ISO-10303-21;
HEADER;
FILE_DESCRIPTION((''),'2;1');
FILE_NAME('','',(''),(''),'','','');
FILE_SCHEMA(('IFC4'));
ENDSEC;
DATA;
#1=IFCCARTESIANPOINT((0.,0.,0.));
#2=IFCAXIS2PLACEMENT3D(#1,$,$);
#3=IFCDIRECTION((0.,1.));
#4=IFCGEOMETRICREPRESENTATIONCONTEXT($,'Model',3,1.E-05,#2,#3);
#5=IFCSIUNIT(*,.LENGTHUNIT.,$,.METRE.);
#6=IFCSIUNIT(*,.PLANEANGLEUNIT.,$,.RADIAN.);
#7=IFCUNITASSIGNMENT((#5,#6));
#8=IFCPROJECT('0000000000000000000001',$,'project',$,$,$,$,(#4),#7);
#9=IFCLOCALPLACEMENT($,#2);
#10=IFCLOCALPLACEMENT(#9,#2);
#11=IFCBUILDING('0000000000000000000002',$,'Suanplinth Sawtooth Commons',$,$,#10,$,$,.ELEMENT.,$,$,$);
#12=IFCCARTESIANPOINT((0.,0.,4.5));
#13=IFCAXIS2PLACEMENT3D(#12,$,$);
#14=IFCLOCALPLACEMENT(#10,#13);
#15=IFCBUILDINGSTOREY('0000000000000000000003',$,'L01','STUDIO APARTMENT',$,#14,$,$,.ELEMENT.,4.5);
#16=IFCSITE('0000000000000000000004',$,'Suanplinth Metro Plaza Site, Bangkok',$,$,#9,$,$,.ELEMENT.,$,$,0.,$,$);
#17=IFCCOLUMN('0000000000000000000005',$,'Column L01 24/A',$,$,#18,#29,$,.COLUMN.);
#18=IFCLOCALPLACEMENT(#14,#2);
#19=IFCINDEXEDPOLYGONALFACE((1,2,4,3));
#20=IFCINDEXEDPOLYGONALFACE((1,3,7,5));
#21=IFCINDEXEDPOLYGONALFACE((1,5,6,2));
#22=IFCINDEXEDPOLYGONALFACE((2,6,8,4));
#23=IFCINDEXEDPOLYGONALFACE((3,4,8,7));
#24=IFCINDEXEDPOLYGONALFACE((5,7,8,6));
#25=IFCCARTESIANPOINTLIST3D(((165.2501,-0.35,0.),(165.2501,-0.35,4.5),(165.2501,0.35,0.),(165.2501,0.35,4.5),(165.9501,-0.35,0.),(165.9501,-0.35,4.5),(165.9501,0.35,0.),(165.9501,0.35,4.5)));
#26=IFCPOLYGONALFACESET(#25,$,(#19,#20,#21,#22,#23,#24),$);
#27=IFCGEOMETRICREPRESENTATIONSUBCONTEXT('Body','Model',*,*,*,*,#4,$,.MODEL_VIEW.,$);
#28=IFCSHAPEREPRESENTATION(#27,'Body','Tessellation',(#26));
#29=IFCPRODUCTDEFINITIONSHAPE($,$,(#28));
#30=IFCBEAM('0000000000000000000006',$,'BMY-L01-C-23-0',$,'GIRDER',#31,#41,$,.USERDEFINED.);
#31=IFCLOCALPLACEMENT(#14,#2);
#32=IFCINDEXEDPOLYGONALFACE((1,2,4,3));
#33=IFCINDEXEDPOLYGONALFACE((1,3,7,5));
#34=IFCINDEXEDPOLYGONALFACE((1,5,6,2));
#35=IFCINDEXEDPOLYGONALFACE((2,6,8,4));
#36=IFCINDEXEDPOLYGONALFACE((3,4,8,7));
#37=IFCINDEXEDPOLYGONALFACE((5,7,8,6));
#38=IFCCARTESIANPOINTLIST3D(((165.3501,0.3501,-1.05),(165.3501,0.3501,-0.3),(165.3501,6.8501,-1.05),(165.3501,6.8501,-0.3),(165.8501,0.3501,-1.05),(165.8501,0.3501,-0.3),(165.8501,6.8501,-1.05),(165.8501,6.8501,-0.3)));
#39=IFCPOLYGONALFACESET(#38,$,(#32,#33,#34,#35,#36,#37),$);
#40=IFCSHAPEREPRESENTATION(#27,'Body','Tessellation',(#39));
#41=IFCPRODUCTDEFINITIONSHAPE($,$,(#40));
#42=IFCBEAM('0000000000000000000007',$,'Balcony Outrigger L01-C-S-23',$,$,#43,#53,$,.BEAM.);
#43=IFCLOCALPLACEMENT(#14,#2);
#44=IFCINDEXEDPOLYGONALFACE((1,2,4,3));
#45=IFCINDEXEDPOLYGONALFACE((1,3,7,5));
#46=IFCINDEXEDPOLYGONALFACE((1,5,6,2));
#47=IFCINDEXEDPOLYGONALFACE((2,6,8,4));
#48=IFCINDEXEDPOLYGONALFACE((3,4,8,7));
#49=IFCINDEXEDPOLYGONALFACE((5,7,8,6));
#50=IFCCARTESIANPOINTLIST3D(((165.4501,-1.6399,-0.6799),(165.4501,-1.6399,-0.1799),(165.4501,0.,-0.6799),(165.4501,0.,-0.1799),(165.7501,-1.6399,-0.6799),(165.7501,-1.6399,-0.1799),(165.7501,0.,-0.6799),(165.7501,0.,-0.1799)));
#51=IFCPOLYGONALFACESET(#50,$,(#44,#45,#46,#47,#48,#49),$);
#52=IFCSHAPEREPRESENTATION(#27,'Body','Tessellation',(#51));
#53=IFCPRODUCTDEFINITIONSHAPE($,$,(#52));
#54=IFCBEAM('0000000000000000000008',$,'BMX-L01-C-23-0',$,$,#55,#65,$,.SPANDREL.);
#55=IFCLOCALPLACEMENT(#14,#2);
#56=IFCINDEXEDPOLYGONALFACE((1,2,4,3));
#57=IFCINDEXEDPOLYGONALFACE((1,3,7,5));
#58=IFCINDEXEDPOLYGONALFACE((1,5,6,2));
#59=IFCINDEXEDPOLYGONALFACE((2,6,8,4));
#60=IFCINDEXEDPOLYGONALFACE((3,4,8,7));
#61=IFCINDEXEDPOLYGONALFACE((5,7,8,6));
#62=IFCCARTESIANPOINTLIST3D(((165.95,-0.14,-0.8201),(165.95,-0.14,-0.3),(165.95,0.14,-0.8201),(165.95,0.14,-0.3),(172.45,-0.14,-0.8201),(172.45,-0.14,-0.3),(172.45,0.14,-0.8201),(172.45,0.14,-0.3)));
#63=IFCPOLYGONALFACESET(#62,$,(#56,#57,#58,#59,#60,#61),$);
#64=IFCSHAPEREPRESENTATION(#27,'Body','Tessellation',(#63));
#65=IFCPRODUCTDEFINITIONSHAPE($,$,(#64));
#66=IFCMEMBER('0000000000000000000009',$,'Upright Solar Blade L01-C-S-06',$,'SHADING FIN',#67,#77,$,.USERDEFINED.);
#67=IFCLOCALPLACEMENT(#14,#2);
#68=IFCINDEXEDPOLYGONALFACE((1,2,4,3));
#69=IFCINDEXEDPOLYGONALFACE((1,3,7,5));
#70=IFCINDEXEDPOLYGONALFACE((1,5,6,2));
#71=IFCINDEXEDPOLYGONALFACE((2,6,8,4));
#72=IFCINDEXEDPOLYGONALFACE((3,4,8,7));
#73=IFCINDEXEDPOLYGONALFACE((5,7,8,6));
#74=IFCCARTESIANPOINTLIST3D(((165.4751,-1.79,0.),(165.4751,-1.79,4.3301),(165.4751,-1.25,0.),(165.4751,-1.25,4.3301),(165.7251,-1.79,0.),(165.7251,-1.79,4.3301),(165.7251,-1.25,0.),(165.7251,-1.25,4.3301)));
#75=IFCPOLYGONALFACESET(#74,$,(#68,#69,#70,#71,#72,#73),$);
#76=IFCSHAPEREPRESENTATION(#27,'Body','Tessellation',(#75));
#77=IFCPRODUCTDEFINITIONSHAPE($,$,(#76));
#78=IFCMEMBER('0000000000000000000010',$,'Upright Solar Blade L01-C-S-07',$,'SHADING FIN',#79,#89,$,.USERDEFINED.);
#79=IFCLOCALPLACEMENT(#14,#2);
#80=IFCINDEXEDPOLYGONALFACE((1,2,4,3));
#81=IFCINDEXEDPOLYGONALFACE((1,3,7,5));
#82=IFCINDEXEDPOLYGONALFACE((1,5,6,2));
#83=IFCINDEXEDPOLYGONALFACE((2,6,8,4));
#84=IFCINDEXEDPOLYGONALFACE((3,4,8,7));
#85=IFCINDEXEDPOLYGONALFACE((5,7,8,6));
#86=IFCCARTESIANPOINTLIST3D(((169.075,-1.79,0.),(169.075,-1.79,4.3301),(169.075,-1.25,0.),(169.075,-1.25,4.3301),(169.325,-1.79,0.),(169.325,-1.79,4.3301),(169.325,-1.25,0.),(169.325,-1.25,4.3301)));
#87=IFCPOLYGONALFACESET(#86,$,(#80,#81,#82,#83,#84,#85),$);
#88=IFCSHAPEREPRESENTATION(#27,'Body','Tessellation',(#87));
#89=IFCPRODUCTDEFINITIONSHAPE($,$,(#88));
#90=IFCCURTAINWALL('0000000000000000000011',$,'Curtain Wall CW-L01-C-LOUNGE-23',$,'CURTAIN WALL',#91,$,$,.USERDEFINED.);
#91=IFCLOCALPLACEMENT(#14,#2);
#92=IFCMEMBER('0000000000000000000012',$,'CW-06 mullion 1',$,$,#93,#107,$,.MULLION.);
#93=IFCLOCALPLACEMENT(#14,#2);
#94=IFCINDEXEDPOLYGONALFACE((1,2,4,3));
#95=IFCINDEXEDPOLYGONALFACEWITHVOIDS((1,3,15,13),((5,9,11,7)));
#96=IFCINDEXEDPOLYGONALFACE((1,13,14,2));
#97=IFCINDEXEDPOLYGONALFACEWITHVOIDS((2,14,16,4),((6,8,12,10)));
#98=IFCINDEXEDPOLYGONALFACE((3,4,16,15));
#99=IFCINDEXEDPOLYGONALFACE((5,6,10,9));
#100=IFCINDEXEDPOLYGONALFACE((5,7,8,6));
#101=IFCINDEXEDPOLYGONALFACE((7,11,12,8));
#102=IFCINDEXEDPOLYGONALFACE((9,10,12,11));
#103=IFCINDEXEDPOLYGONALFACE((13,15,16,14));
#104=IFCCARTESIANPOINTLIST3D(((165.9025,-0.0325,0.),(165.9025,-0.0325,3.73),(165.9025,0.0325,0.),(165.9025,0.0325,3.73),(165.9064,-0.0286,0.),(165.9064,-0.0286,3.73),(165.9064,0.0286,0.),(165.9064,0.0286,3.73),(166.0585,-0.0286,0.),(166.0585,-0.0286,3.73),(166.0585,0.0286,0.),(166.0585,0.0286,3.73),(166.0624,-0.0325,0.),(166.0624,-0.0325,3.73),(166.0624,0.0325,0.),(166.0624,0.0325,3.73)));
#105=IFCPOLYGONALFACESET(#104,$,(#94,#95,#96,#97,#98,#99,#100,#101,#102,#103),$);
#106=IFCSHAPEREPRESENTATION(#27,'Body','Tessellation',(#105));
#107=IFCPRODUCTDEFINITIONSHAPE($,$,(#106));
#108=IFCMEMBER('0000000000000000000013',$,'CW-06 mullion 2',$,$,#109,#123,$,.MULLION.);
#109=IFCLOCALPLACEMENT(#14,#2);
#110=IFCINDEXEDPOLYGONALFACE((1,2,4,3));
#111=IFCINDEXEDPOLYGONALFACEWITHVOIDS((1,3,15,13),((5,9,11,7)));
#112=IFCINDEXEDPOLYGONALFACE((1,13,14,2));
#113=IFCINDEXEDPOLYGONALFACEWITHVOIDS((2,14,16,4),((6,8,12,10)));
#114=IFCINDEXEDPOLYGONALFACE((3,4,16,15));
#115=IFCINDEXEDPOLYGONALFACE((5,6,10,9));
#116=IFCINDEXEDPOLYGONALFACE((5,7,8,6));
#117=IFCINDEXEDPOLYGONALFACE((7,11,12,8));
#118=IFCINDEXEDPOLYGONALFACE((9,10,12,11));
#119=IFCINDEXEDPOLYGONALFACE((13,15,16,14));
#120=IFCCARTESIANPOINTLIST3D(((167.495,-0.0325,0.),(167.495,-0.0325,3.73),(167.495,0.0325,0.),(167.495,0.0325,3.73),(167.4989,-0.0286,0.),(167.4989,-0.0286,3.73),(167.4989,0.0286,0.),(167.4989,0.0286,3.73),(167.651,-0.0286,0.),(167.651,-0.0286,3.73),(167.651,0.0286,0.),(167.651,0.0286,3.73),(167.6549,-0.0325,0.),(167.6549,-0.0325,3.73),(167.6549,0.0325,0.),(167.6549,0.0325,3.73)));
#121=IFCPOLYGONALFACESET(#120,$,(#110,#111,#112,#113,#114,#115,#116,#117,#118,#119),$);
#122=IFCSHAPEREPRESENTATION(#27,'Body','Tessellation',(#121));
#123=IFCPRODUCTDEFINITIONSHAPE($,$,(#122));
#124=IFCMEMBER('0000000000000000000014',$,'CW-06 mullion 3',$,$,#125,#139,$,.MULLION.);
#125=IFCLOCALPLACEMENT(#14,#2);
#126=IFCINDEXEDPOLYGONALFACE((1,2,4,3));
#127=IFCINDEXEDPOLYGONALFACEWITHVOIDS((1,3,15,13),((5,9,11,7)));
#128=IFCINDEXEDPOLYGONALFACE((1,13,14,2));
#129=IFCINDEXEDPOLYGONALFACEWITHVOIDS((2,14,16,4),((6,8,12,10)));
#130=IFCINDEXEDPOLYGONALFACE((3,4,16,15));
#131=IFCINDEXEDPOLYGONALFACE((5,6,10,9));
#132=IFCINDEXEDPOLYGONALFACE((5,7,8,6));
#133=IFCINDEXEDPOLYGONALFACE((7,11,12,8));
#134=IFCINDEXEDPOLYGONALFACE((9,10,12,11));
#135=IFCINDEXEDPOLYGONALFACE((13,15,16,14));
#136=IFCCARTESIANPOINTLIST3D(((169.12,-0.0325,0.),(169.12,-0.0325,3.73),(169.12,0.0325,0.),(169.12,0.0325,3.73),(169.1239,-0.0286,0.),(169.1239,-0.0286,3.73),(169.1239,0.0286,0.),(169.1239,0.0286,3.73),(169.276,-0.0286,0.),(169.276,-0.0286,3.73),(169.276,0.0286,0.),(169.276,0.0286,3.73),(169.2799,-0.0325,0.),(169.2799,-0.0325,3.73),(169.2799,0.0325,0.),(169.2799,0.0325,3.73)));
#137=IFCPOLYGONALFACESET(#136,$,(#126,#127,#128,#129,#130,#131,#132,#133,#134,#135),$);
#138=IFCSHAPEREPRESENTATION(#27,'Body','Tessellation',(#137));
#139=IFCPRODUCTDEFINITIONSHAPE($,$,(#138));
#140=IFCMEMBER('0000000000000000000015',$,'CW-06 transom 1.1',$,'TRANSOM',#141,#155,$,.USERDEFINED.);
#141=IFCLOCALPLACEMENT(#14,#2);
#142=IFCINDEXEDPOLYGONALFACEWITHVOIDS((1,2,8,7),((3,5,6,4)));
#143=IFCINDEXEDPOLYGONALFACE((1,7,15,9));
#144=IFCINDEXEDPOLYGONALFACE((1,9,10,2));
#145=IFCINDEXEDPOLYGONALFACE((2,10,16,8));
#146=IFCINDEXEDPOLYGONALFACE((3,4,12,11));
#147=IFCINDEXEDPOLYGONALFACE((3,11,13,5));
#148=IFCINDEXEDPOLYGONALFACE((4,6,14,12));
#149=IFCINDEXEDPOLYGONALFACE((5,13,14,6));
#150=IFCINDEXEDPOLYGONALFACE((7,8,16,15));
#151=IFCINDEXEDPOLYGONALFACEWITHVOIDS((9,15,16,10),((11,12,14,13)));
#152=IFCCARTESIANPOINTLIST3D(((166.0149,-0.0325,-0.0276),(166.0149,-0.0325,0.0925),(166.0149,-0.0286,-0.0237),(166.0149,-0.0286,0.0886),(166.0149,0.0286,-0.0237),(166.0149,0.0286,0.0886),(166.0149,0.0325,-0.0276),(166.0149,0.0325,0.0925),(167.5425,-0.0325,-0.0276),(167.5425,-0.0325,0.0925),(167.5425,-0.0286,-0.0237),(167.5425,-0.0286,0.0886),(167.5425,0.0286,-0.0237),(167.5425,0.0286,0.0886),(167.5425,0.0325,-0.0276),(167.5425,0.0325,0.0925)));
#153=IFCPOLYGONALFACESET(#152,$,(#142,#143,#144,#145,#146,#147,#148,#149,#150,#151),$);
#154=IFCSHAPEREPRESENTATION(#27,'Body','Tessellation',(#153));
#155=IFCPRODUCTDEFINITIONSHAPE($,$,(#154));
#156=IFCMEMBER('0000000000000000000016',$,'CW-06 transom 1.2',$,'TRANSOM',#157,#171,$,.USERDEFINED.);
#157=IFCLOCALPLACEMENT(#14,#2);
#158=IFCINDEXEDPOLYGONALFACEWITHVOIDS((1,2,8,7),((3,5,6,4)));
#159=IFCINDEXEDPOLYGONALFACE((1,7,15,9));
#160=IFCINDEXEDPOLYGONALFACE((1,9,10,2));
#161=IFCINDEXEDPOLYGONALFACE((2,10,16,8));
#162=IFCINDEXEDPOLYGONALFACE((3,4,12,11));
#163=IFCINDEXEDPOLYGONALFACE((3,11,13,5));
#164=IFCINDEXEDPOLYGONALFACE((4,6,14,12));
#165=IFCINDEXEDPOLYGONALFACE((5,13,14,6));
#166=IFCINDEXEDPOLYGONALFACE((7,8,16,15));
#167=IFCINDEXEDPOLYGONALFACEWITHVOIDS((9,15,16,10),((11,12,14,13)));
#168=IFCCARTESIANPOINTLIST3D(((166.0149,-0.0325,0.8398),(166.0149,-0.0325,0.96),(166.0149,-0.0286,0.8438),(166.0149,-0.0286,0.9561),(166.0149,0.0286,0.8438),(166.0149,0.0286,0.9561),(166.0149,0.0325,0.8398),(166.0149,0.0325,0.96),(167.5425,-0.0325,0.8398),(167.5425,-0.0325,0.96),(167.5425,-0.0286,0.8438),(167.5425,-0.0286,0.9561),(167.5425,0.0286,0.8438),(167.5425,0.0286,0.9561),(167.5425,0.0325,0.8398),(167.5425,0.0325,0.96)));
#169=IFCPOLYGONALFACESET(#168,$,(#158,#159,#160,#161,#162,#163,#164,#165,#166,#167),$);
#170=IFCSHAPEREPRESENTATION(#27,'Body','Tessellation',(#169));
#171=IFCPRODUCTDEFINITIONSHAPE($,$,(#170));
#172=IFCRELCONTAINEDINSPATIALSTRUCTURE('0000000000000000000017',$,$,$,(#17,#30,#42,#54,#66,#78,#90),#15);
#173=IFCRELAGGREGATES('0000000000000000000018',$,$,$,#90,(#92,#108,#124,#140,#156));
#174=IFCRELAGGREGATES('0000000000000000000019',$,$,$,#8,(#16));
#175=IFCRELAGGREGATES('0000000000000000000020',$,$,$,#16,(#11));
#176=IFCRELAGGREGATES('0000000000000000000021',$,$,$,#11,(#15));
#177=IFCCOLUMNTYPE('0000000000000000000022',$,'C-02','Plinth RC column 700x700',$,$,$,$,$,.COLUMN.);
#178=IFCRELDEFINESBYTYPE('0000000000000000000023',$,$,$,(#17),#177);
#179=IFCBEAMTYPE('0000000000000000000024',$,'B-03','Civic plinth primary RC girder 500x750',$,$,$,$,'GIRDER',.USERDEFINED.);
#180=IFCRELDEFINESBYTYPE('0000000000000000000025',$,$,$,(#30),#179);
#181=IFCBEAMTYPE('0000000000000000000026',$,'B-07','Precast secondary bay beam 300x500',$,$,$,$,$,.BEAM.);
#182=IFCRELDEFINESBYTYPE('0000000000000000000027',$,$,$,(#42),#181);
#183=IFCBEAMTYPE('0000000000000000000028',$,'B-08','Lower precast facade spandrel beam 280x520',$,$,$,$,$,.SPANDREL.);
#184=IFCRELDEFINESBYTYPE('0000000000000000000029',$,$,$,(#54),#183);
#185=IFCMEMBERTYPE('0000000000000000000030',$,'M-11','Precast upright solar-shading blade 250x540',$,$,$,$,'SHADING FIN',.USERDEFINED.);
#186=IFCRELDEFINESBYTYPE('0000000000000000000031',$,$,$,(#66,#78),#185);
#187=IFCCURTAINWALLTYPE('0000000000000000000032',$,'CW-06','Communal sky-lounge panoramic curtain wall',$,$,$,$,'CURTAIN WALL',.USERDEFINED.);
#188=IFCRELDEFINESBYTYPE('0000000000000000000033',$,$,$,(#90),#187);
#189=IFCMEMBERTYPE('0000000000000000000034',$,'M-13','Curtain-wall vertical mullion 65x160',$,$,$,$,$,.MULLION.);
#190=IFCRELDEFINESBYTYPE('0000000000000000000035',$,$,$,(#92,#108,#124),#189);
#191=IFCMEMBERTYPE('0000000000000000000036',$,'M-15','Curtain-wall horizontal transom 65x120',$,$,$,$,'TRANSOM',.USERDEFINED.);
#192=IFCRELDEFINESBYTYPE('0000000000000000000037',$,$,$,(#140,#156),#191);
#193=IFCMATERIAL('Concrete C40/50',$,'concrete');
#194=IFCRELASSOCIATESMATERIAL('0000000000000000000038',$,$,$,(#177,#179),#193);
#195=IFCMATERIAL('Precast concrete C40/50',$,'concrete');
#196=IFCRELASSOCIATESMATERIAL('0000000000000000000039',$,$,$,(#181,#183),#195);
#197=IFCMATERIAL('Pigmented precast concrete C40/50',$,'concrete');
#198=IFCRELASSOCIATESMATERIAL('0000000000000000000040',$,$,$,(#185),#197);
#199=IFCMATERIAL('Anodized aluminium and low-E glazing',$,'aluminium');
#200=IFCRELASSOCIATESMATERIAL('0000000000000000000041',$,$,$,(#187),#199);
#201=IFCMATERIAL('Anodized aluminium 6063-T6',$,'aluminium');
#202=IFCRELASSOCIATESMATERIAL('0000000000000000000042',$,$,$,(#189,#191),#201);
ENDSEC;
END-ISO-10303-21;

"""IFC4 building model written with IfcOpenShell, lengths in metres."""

from ifc_helpers import new_model, si_unit, direction, frame, origin, origin_2d, place, context, subcontext, project, spatial, rectangle, hollow_rectangle, extrude, material, material_profile, profile_set, type_object, element, aggregate, save


model = new_model("IFC4")

# Units and contexts
model_context = context("Model", 3, precision=1e-05, world=origin(), true_north=direction((0.0, 1.0)))
body_context = subcontext(model_context, "Body", "Model", "MODEL_VIEW")
ifc_project = project(units=[si_unit("LENGTHUNIT", "METRE"), si_unit("PLANEANGLEUNIT", "RADIAN")], contexts=[model_context])

# Site, building, storey
site_placement = place(None, origin())
site = spatial("IfcSite", under=ifc_project, at=site_placement, Name="Suanplinth Metro Plaza Site, Bangkok", CompositionType="ELEMENT", RefElevation=0.0)
building_placement = place(site_placement, origin())
building = spatial("IfcBuilding", under=site, at=building_placement, Name="Suanplinth Sawtooth Commons", CompositionType="ELEMENT")
storey_placement = place(building_placement, frame((0.0, 0.0, 4.5)))
storey = spatial("IfcBuildingStorey", under=building, at=storey_placement, Name="L01", Description="STUDIO APARTMENT", CompositionType="ELEMENT", Elevation=4.5)

# Column
ifc_material_1 = material(Name="Concrete C40/50", Category="concrete")
ifc_material_profile_1 = material_profile(ifc_material_1, rectangle(XDim=0.7, YDim=0.7, at=origin_2d()), Name="RC-COL 700x700")
ifc_profile_set_1 = profile_set([ifc_material_profile_1], Name="Concrete C40/50")
column_type = type_object("IfcColumnType", Name="C-02", Description="Plinth RC column 700x700", PredefinedType="COLUMN", material=ifc_profile_set_1)
column_placement = place(storey_placement, frame((165.6001, 0.0, 0.0), z_axis=(0.0, 0.0, 1.0), x_axis=(1.0, 0.0, 0.0)))
element("IfcColumn", 1, at=column_placement, inside=storey, type_object=column_type, Name="Column L01 24/A", PredefinedType="COLUMN", context=body_context, shape_type="SweptSolid", body=[
    extrude(rectangle(XDim=0.7, YDim=0.7, at=origin_2d()), origin(), (0.0, 0.0, 1.0), 4.5),
])

# Beams
ifc_material_profile_2 = material_profile(ifc_material_1, rectangle(XDim=0.5, YDim=0.75, at=origin_2d()), Name="RC-GDR 500x750")
ifc_profile_set_2 = profile_set([ifc_material_profile_2], Name="Concrete C40/50")
beam_type_1 = type_object("IfcBeamType", Name="B-03", Description="Civic plinth primary RC girder 500x750", ElementType="GIRDER", PredefinedType="USERDEFINED", material=ifc_profile_set_2)
beam_1_placement = place(storey_placement, frame((165.6001, 0.3501, -0.675), z_axis=(0.0, 1.0, 0.0), x_axis=(-1.0, 0.0, 0.0)))
element("IfcBeam", 2, at=beam_1_placement, inside=storey, type_object=beam_type_1, Name="BMY-L01-C-23-0", ObjectType="GIRDER", PredefinedType="USERDEFINED", context=body_context, shape_type="SweptSolid", body=[
    extrude(rectangle(XDim=0.5, YDim=0.75, at=origin_2d()), origin(), (0.0, 0.0, 1.0), 6.5),
])
ifc_material_2 = material(Name="Precast concrete C40/50", Category="concrete")
ifc_material_profile_3 = material_profile(ifc_material_2, rectangle(XDim=0.3, YDim=0.5, at=origin_2d()), Name="PC-BM 300x500")
ifc_profile_set_3 = profile_set([ifc_material_profile_3], Name="Precast concrete C40/50")
beam_type_2 = type_object("IfcBeamType", Name="B-07", Description="Precast secondary bay beam 300x500", PredefinedType="BEAM", material=ifc_profile_set_3)
beam_2_placement = place(storey_placement, frame((165.6001, 0.0, -0.4299), z_axis=(0.0, -1.0, 0.0), x_axis=(1.0, 0.0, 0.0)))
element("IfcBeam", 3, at=beam_2_placement, inside=storey, type_object=beam_type_2, Name="Balcony Outrigger L01-C-S-23", PredefinedType="BEAM", context=body_context, shape_type="SweptSolid", body=[
    extrude(rectangle(XDim=0.3, YDim=0.5, at=origin_2d()), origin(), (0.0, 0.0, 1.0), 1.6399),
])
ifc_material_profile_4 = material_profile(ifc_material_2, rectangle(XDim=0.28, YDim=0.52, at=origin_2d()), Name="PC-SP 280x520")
ifc_profile_set_4 = profile_set([ifc_material_profile_4], Name="Precast concrete C40/50")
beam_type_3 = type_object("IfcBeamType", Name="B-08", Description="Lower precast facade spandrel beam 280x520", PredefinedType="SPANDREL", material=ifc_profile_set_4)
beam_3_placement = place(storey_placement, frame((165.95, 0.0, -0.5601), z_axis=(1.0, 0.0, 0.0), x_axis=(0.0, 1.0, 0.0)))
element("IfcBeam", 4, at=beam_3_placement, inside=storey, type_object=beam_type_3, Name="BMX-L01-C-23-0", PredefinedType="SPANDREL", context=body_context, shape_type="SweptSolid", body=[
    extrude(rectangle(XDim=0.28, YDim=0.52, at=origin_2d()), origin(), (0.0, 0.0, 1.0), 6.5),
])

# Members
ifc_material_3 = material(Name="Pigmented precast concrete C40/50", Category="concrete")
ifc_material_profile_5 = material_profile(ifc_material_3, rectangle(XDim=0.25, YDim=0.54, at=origin_2d()), Name="PC-FIN 250x540")
ifc_profile_set_5 = profile_set([ifc_material_profile_5], Name="Pigmented precast concrete C40/50")
member_type_1 = type_object("IfcMemberType", Name="M-11", Description="Precast upright solar-shading blade 250x540", ElementType="SHADING FIN", PredefinedType="USERDEFINED", material=ifc_profile_set_5)
for number, where, z_axis, x_axis, name in (
    (5, (165.6001, -1.52, 0.0), (0.0, 0.0, 1.0), (1.0, 0.0, 0.0), "Upright Solar Blade L01-C-S-06"),
    (6, (169.2, -1.52, 0.0), (0.0, 0.0, 1.0), (1.0, 0.0, 0.0), "Upright Solar Blade L01-C-S-07"),
):
    element("IfcMember", number, at=place(storey_placement, frame(where, z_axis=z_axis, x_axis=x_axis)), inside=storey, type_object=member_type_1, Name=name, ObjectType="SHADING FIN", PredefinedType="USERDEFINED", context=body_context, shape_type="SweptSolid", body=[
        extrude(rectangle(XDim=0.25, YDim=0.54, at=origin_2d()), origin(), (0.0, 0.0, 1.0), 4.3301),
    ])

# Curtain wall, members
ifc_material_4 = material(Name="Anodized aluminium and low-E glazing", Category="aluminium")
curtain_wall_type = type_object("IfcCurtainWallType", Name="CW-06", Description="Communal sky-lounge panoramic curtain wall", ElementType="CURTAIN WALL", PredefinedType="USERDEFINED", material=ifc_material_4)
curtain_wall_placement = place(storey_placement, origin())
curtain_wall = element("IfcCurtainWall", 7, at=curtain_wall_placement, inside=storey, type_object=curtain_wall_type, Name="Curtain Wall CW-L01-C-LOUNGE-23", ObjectType="CURTAIN WALL", PredefinedType="USERDEFINED")
ifc_material_5 = material(Name="Anodized aluminium 6063-T6", Category="aluminium")
ifc_material_profile_6 = material_profile(ifc_material_5, hollow_rectangle(XDim=0.0649, YDim=0.1599, WallThickness=0.0039, at=origin_2d()), Name="ALU-MUL 65x160")
ifc_profile_set_6 = profile_set([ifc_material_profile_6], Name="Anodized aluminium 6063-T6")
member_type_2 = type_object("IfcMemberType", Name="M-13", Description="Curtain-wall vertical mullion 65x160", PredefinedType="MULLION", material=ifc_profile_set_6)
member_1_placement = place(storey_placement, frame((165.9824, 0.0, 0.0), z_axis=(0.0, 0.0, 1.0), x_axis=(0.0, 1.0, 0.0)))
member_1 = element("IfcMember", 8, at=member_1_placement, type_object=member_type_2, Name="CW-06 mullion 1", PredefinedType="MULLION", context=body_context, shape_type="SweptSolid", body=[
    extrude(hollow_rectangle(XDim=0.0649, YDim=0.1599, WallThickness=0.0039, at=origin_2d()), origin(), (0.0, 0.0, 1.0), 3.73),
])
member_2_placement = place(storey_placement, frame((167.575, 0.0, 0.0), z_axis=(0.0, 0.0, 1.0), x_axis=(0.0, 1.0, 0.0)))
member_2 = element("IfcMember", 9, at=member_2_placement, type_object=member_type_2, Name="CW-06 mullion 2", PredefinedType="MULLION", context=body_context, shape_type="SweptSolid", body=[
    extrude(hollow_rectangle(XDim=0.0649, YDim=0.1599, WallThickness=0.0039, at=origin_2d()), origin(), (0.0, 0.0, 1.0), 3.73),
])
member_3_placement = place(storey_placement, frame((169.2, 0.0, 0.0), z_axis=(0.0, 0.0, 1.0), x_axis=(0.0, 1.0, 0.0)))
member_3 = element("IfcMember", 10, at=member_3_placement, type_object=member_type_2, Name="CW-06 mullion 3", PredefinedType="MULLION", context=body_context, shape_type="SweptSolid", body=[
    extrude(hollow_rectangle(XDim=0.0649, YDim=0.1599, WallThickness=0.0039, at=origin_2d()), origin(), (0.0, 0.0, 1.0), 3.73),
])
ifc_material_profile_7 = material_profile(ifc_material_5, hollow_rectangle(XDim=0.0649, YDim=0.1201, WallThickness=0.0039, at=origin_2d()), Name="ALU-TRN 65x120")
ifc_profile_set_7 = profile_set([ifc_material_profile_7], Name="Anodized aluminium 6063-T6")
member_type_3 = type_object("IfcMemberType", Name="M-15", Description="Curtain-wall horizontal transom 65x120", ElementType="TRANSOM", PredefinedType="USERDEFINED", material=ifc_profile_set_7)
member_4_placement = place(storey_placement, frame((166.0149, 0.0, 0.0325), z_axis=(1.0, 0.0, 0.0), x_axis=(0.0, 1.0, 0.0)))
member_4 = element("IfcMember", 11, at=member_4_placement, type_object=member_type_3, Name="CW-06 transom 1.1", ObjectType="TRANSOM", PredefinedType="USERDEFINED", context=body_context, shape_type="SweptSolid", body=[
    extrude(hollow_rectangle(XDim=0.0649, YDim=0.1201, WallThickness=0.0039, at=origin_2d()), origin(), (0.0, 0.0, 1.0), 1.5276),
])
member_5_placement = place(storey_placement, frame((166.0149, 0.0, 0.8999), z_axis=(1.0, 0.0, 0.0), x_axis=(0.0, 1.0, 0.0)))
member_5 = element("IfcMember", 12, at=member_5_placement, type_object=member_type_3, Name="CW-06 transom 1.2", ObjectType="TRANSOM", PredefinedType="USERDEFINED", context=body_context, shape_type="SweptSolid", body=[
    extrude(hollow_rectangle(XDim=0.0649, YDim=0.1201, WallThickness=0.0039, at=origin_2d()), origin(), (0.0, 0.0, 1.0), 1.5276),
])
aggregate(curtain_wall, [member_1, member_2, member_3, member_4, member_5])

save(model, "model.ifc")
